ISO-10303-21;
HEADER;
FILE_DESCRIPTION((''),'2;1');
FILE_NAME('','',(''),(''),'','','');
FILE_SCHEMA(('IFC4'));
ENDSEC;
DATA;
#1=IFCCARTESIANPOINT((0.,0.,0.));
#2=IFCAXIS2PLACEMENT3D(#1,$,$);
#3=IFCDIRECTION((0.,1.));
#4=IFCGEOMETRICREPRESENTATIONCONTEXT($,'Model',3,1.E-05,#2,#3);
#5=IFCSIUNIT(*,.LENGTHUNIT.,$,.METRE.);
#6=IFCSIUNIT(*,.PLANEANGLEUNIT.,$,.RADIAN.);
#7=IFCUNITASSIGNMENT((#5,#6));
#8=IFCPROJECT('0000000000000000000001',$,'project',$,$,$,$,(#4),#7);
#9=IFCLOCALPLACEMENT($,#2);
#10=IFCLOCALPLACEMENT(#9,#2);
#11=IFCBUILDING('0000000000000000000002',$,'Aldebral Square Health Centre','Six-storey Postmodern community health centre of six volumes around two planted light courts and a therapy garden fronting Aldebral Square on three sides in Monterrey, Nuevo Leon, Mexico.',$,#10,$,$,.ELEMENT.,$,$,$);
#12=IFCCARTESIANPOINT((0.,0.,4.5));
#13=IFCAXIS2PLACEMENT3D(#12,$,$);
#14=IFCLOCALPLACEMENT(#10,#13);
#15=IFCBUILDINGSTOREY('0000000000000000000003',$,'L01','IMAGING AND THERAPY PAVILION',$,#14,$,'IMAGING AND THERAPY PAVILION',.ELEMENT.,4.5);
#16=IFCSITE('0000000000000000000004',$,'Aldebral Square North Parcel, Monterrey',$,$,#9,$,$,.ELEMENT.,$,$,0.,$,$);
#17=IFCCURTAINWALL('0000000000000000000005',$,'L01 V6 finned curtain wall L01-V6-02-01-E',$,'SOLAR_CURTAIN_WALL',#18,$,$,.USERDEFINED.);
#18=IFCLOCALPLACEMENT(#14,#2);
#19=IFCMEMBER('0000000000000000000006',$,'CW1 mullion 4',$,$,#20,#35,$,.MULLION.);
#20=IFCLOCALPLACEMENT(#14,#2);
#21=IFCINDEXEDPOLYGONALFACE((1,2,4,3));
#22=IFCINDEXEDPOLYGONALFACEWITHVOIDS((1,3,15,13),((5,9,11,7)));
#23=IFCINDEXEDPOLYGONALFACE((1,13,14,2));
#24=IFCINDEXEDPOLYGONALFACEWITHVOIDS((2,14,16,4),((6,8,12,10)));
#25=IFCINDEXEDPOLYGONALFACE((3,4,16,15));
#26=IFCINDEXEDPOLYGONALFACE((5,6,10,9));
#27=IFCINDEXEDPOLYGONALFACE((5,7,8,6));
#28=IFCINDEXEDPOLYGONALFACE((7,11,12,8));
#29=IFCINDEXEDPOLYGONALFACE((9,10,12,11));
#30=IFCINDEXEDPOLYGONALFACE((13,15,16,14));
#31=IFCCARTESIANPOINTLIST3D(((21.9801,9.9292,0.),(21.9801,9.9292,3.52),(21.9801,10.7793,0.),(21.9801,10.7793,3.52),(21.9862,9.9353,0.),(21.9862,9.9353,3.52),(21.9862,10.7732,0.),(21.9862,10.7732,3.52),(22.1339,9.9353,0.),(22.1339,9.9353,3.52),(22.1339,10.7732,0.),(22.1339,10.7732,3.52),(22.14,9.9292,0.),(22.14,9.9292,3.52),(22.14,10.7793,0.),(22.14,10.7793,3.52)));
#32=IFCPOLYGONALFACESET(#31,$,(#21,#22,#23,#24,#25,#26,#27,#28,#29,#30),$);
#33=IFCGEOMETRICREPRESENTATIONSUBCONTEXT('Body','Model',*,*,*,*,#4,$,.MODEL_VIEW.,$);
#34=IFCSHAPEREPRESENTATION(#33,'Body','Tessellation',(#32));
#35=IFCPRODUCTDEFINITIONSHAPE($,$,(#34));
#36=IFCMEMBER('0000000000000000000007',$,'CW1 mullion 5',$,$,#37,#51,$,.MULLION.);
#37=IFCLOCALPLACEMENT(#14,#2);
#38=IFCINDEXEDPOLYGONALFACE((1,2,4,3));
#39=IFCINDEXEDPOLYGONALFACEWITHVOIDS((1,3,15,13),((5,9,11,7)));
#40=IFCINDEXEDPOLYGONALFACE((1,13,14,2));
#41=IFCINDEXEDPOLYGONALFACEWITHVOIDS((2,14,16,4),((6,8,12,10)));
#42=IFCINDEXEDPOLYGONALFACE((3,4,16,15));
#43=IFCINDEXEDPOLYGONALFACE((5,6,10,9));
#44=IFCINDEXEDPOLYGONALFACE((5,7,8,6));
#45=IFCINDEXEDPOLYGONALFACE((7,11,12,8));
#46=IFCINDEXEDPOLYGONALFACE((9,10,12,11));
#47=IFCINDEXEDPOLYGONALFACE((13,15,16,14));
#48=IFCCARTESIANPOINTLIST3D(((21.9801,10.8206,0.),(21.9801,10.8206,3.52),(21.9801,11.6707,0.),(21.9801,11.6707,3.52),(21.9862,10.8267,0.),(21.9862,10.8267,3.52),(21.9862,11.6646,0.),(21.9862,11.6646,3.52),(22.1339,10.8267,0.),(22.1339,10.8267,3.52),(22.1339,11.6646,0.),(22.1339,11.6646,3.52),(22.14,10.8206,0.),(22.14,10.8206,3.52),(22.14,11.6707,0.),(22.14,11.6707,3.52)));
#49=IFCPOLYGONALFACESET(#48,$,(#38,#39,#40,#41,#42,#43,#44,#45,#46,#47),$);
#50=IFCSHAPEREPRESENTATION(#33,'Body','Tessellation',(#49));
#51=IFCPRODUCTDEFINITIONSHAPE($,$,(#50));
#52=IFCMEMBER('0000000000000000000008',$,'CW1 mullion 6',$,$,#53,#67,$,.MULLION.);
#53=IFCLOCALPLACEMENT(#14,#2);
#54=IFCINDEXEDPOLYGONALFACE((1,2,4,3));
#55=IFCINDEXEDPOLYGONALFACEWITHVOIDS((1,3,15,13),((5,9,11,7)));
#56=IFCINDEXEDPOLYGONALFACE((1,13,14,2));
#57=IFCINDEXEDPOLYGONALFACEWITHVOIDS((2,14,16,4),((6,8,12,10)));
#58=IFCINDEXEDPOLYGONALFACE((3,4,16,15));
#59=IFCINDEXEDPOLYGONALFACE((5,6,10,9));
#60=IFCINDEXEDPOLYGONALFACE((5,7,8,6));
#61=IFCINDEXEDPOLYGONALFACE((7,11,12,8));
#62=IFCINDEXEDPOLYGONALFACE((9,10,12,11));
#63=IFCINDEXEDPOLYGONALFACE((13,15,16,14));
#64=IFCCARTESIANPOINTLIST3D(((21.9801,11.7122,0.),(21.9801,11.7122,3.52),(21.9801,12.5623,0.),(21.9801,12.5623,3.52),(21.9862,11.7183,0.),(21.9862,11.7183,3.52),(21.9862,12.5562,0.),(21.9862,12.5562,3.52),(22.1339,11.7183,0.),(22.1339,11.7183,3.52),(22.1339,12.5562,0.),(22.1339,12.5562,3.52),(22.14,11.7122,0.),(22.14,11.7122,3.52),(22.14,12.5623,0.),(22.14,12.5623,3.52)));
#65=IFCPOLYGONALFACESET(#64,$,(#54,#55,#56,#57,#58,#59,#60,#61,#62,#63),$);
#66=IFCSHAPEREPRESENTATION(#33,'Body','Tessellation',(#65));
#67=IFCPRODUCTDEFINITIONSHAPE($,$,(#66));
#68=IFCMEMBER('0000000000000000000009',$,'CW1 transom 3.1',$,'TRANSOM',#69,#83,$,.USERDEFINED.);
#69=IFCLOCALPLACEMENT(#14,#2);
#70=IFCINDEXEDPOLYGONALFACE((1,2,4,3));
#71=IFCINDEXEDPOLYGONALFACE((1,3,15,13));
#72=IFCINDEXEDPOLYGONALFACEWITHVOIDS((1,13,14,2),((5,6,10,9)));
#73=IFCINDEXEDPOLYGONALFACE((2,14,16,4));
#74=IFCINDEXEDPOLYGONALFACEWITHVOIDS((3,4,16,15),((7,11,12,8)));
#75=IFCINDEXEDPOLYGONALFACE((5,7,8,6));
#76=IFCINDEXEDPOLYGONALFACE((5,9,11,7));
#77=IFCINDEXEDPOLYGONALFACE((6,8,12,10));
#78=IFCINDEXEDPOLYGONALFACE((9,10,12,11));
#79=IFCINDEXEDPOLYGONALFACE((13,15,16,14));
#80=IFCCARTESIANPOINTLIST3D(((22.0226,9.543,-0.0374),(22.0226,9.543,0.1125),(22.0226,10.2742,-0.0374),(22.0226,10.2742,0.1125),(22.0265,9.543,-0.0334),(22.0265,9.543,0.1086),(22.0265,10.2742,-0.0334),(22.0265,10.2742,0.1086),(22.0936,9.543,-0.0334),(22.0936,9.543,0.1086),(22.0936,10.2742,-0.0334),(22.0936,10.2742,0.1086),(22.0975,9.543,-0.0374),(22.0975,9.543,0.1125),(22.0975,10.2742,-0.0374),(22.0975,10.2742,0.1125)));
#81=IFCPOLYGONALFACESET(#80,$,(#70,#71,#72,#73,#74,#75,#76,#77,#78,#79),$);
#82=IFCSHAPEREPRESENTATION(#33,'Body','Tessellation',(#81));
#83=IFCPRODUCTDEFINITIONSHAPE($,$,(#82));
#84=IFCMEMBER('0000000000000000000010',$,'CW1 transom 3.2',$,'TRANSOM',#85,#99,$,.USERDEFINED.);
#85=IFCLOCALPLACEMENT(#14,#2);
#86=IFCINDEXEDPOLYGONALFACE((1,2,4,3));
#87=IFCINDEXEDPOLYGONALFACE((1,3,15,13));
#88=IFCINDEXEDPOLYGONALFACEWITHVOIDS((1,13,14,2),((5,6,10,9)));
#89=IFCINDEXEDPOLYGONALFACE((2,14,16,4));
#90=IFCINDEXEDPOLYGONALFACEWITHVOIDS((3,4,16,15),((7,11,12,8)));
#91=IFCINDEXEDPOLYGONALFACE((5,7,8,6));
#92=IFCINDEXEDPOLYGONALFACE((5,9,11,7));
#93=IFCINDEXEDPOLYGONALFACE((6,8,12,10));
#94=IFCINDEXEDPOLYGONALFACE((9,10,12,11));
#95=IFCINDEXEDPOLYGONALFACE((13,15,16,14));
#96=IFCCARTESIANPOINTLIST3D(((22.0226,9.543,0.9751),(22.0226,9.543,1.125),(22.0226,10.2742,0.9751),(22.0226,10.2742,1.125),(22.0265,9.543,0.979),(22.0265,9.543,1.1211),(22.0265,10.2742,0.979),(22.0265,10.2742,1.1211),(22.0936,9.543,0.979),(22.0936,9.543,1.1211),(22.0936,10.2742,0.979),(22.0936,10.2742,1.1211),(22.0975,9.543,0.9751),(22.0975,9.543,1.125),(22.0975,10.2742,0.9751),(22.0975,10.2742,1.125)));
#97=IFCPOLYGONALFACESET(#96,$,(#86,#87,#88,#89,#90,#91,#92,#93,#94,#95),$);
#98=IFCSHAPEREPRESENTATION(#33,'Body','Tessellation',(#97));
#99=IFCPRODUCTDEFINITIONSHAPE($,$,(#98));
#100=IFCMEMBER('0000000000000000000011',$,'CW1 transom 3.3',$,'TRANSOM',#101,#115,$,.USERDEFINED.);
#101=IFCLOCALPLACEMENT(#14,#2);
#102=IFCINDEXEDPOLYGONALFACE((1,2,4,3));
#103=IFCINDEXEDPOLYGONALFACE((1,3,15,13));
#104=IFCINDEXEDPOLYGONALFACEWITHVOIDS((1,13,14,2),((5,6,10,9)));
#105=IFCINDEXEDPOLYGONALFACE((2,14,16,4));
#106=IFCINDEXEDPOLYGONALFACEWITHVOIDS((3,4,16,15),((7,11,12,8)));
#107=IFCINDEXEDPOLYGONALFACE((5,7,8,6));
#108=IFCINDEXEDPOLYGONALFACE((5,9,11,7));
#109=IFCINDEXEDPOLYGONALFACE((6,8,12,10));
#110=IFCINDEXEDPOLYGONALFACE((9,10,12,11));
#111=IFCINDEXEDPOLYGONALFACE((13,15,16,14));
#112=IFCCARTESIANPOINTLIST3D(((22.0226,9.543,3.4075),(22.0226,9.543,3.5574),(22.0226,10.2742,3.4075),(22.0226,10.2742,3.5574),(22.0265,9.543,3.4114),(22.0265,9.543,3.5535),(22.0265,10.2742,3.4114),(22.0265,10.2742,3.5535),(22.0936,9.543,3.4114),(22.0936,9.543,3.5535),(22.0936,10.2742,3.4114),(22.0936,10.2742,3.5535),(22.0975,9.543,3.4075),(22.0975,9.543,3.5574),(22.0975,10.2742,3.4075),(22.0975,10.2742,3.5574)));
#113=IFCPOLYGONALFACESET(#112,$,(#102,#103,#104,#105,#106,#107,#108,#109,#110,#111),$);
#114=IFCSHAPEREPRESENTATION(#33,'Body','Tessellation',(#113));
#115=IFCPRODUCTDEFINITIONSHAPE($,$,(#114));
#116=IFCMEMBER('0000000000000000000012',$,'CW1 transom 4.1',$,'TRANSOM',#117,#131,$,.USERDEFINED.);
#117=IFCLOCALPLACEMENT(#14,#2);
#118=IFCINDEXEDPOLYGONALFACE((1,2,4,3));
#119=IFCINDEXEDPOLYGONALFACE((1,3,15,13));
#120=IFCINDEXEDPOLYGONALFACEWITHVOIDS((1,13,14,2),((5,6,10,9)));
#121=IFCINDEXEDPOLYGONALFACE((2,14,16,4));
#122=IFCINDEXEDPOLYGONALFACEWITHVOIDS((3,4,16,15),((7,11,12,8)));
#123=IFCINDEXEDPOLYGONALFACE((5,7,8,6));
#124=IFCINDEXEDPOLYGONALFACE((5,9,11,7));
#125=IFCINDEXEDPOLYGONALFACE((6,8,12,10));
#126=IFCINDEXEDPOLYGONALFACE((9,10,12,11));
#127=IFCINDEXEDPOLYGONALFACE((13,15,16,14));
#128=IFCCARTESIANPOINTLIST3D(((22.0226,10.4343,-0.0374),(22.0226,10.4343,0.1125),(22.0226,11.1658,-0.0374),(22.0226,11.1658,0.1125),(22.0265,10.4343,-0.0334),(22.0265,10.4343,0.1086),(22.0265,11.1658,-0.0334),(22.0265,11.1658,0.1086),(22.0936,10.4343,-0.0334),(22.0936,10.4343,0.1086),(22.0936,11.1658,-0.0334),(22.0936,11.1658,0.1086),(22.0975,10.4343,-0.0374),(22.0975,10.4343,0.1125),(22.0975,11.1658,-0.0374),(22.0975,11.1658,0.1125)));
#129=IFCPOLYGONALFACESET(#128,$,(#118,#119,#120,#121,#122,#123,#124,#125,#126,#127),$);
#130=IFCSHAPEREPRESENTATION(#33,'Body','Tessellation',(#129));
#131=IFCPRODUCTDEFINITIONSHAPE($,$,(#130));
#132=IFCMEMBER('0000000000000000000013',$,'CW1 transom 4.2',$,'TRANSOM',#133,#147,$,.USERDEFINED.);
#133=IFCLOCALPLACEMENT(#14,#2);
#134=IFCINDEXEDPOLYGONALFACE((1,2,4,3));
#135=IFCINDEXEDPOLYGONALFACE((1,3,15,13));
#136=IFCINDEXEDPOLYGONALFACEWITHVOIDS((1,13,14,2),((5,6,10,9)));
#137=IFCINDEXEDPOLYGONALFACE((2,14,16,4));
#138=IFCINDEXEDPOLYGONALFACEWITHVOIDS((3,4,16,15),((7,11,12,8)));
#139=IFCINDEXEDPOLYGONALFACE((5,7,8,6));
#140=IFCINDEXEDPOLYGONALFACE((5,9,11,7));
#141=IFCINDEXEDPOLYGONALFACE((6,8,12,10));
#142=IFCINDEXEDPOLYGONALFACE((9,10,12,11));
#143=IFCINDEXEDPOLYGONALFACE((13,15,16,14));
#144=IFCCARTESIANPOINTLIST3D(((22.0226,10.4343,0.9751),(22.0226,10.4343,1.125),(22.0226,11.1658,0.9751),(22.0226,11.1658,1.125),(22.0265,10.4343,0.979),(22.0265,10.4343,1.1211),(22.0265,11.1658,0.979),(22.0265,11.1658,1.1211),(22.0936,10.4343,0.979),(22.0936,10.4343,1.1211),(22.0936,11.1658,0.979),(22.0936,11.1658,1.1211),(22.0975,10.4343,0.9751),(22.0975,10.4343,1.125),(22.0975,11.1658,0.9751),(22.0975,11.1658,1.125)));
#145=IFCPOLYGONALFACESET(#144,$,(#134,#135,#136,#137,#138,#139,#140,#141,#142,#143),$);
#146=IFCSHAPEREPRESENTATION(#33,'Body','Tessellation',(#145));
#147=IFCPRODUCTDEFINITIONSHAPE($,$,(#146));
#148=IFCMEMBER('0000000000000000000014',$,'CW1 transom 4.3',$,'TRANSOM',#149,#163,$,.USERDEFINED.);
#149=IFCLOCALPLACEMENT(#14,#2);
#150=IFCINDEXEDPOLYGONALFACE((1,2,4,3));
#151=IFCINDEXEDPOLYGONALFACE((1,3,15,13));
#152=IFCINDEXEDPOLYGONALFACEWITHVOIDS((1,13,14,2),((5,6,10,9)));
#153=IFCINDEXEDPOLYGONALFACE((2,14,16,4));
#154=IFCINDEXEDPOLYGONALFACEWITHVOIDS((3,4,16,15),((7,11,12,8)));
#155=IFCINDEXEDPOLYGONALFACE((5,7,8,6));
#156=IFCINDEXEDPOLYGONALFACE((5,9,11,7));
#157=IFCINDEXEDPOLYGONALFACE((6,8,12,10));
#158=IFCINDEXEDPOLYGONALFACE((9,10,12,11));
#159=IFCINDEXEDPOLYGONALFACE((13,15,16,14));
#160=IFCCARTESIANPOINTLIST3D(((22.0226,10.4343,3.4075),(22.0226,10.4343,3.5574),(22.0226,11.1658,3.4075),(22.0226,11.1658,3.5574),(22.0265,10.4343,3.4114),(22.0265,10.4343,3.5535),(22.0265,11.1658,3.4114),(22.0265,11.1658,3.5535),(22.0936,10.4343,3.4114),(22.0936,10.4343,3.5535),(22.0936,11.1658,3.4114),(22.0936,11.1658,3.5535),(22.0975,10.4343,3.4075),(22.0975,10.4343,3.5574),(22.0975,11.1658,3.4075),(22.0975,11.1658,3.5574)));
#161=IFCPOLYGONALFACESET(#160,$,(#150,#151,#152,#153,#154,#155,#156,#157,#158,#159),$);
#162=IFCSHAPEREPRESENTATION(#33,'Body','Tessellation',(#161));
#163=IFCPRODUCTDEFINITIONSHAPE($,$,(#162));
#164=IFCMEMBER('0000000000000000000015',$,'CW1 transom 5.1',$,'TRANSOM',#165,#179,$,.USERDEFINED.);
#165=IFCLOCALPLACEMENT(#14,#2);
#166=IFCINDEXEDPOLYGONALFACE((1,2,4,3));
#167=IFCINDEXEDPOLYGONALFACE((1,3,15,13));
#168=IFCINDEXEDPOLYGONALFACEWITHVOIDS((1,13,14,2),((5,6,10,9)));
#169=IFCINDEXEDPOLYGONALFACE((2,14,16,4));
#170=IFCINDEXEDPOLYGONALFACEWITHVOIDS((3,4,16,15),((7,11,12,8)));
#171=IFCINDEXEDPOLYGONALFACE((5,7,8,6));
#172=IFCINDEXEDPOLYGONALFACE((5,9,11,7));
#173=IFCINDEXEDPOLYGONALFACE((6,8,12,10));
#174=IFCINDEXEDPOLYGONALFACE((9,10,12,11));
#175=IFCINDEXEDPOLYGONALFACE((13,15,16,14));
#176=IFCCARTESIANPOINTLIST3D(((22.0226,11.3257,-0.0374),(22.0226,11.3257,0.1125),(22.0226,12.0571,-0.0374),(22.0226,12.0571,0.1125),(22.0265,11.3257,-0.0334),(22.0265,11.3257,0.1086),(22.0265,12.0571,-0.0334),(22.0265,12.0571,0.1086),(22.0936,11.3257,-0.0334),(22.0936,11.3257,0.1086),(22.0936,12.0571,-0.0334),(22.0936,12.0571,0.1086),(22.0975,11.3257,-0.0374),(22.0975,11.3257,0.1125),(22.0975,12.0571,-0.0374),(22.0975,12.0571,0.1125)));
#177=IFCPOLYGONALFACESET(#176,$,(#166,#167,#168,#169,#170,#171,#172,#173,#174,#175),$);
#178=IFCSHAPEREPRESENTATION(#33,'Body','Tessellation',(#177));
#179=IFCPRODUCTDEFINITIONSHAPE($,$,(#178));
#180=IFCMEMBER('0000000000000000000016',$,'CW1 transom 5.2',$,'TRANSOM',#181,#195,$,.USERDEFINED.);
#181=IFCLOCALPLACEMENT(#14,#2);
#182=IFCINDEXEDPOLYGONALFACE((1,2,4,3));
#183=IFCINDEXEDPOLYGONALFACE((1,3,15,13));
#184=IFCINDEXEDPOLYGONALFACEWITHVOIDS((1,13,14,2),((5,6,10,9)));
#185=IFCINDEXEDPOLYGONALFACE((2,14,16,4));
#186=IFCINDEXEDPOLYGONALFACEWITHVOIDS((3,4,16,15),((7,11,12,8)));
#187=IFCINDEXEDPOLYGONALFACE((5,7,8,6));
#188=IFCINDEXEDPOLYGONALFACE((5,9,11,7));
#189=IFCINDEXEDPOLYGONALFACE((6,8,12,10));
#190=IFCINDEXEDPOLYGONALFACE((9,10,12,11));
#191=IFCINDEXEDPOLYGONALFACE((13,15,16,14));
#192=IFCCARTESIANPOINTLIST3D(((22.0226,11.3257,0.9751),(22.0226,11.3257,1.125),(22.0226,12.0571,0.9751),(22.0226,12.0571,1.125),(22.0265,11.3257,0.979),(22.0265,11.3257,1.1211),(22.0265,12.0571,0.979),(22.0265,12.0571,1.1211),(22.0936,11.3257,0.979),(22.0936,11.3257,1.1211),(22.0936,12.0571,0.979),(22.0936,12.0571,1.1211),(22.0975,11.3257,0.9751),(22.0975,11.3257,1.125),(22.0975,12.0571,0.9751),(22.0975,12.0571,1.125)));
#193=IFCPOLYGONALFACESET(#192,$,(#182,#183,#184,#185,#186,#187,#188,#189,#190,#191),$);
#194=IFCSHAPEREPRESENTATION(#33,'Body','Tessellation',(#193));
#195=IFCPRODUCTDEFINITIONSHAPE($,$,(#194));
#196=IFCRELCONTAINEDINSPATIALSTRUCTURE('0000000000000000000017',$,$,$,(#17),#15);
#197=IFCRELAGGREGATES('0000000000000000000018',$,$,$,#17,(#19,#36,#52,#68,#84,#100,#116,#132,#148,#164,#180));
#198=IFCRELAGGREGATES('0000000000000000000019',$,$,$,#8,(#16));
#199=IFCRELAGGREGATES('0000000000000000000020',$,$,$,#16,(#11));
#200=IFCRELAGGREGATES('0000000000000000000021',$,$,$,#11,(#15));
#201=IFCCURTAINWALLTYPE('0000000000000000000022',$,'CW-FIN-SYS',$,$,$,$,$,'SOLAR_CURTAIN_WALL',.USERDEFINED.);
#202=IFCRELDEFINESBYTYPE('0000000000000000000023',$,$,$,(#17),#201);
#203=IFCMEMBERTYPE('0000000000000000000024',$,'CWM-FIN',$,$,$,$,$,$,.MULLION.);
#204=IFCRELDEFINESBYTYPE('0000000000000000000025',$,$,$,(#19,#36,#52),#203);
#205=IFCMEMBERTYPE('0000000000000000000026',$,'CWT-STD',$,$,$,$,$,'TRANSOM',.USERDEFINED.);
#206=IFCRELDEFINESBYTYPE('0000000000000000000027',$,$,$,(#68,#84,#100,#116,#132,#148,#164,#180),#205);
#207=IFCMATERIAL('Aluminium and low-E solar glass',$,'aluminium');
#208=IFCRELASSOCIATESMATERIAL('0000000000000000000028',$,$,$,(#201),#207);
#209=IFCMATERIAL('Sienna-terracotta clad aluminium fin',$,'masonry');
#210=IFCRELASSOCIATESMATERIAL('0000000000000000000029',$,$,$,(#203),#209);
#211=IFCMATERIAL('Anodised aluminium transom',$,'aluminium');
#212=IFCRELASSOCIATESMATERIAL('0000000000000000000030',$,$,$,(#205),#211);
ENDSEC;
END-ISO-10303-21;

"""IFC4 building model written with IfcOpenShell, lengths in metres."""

from ifc_helpers import new_model, si_unit, direction, frame, origin, origin_2d, place, context, subcontext, project, spatial, hollow_rectangle, extrude, material, material_profile, profile_set, type_object, element, aggregate, save


model = new_model("IFC4")

# Units and contexts
model_context = context("Model", 3, precision=1e-05, world=origin(), true_north=direction((0.0, 1.0)))
body_context = subcontext(model_context, "Body", "Model", "MODEL_VIEW")
ifc_project = project(units=[si_unit("LENGTHUNIT", "METRE"), si_unit("PLANEANGLEUNIT", "RADIAN")], contexts=[model_context])

# Site, building, storey
site_placement = place(None, origin())
site = spatial("IfcSite", under=ifc_project, at=site_placement, Name="Aldebral Square North Parcel, Monterrey", CompositionType="ELEMENT", RefElevation=0.0)
building_placement = place(site_placement, origin())
building = spatial("IfcBuilding", under=site, at=building_placement, Name="Aldebral Square Health Centre", Description="Six-storey Postmodern community health centre of six volumes around two planted light courts and a therapy garden fronting Aldebral Square on three sides in Monterrey, Nuevo Leon, Mexico.", CompositionType="ELEMENT")
storey_placement = place(building_placement, frame((0.0, 0.0, 4.5)))
storey = spatial("IfcBuildingStorey", under=building, at=storey_placement, Name="L01", Description="IMAGING AND THERAPY PAVILION", LongName="IMAGING AND THERAPY PAVILION", CompositionType="ELEMENT", Elevation=4.5)

# Curtain wall, members
ifc_material_1 = material(Name="Aluminium and low-E solar glass", Category="aluminium")
curtain_wall_type = type_object("IfcCurtainWallType", Name="CW-FIN-SYS", ElementType="SOLAR_CURTAIN_WALL", PredefinedType="USERDEFINED", material=ifc_material_1)
curtain_wall_placement = place(storey_placement, origin())
curtain_wall = element("IfcCurtainWall", 1, at=curtain_wall_placement, inside=storey, type_object=curtain_wall_type, Name="L01 V6 finned curtain wall L01-V6-02-01-E", ObjectType="SOLAR_CURTAIN_WALL", PredefinedType="USERDEFINED")
ifc_material_2 = material(Name="Sienna-terracotta clad aluminium fin", Category="masonry")
ifc_material_profile_1 = material_profile(ifc_material_2, hollow_rectangle(XDim=0.1599, YDim=0.8501, WallThickness=0.0061, at=origin_2d()), Name="FIN 160x850x6")
ifc_profile_set_1 = profile_set([ifc_material_profile_1], Name="Sienna-terracotta clad aluminium fin")
member_type_1 = type_object("IfcMemberType", Name="CWM-FIN", PredefinedType="MULLION", material=ifc_profile_set_1)
member_1_placement = place(storey_placement, frame((22.0601, 10.3542, 0.0), z_axis=(0.0, 0.0, 1.0), x_axis=(-1.0, 0.0, 0.0)))
member_1 = element("IfcMember", 2, at=member_1_placement, type_object=member_type_1, Name="CW1 mullion 4", PredefinedType="MULLION", context=body_context, shape_type="SweptSolid", body=[
    extrude(hollow_rectangle(XDim=0.1599, YDim=0.8501, WallThickness=0.0061, at=origin_2d()), origin(), (0.0, 0.0, 1.0), 3.52),
])
member_2_placement = place(storey_placement, frame((22.0601, 11.2456, 0.0), z_axis=(0.0, 0.0, 1.0), x_axis=(-1.0, 0.0, 0.0)))
member_2 = element("IfcMember", 3, at=member_2_placement, type_object=member_type_1, Name="CW1 mullion 5", PredefinedType="MULLION", context=body_context, shape_type="SweptSolid", body=[
    extrude(hollow_rectangle(XDim=0.1599, YDim=0.8501, WallThickness=0.0061, at=origin_2d()), origin(), (0.0, 0.0, 1.0), 3.52),
])
member_3_placement = place(storey_placement, frame((22.0601, 12.1372, 0.0), z_axis=(0.0, 0.0, 1.0), x_axis=(-1.0, 0.0, 0.0)))
member_3 = element("IfcMember", 4, at=member_3_placement, type_object=member_type_1, Name="CW1 mullion 6", PredefinedType="MULLION", context=body_context, shape_type="SweptSolid", body=[
    extrude(hollow_rectangle(XDim=0.1599, YDim=0.8501, WallThickness=0.0061, at=origin_2d()), origin(), (0.0, 0.0, 1.0), 3.52),
])
ifc_material_3 = material(Name="Anodised aluminium transom", Category="aluminium")
ifc_material_profile_2 = material_profile(ifc_material_3, hollow_rectangle(XDim=0.075, YDim=0.1499, WallThickness=0.0039, at=origin_2d()), Name="CWT 75x150x4")
ifc_profile_set_2 = profile_set([ifc_material_profile_2], Name="Anodised aluminium transom")
member_type_2 = type_object("IfcMemberType", Name="CWT-STD", ElementType="TRANSOM", PredefinedType="USERDEFINED", material=ifc_profile_set_2)
member_4_placement = place(storey_placement, frame((22.0601, 9.543, 0.0376), z_axis=(0.0, 1.0, 0.0), x_axis=(-1.0, 0.0, 0.0)))
member_4 = element("IfcMember", 5, at=member_4_placement, type_object=member_type_2, Name="CW1 transom 3.1", ObjectType="TRANSOM", PredefinedType="USERDEFINED", context=body_context, shape_type="SweptSolid", body=[
    extrude(hollow_rectangle(XDim=0.075, YDim=0.1499, WallThickness=0.0039, at=origin_2d()), origin(), (0.0, 0.0, 1.0), 0.7312),
])
member_5_placement = place(storey_placement, frame((22.0601, 9.543, 1.05), z_axis=(0.0, 1.0, 0.0), x_axis=(-1.0, 0.0, 0.0)))
member_5 = element("IfcMember", 6, at=member_5_placement, type_object=member_type_2, Name="CW1 transom 3.2", ObjectType="TRANSOM", PredefinedType="USERDEFINED", context=body_context, shape_type="SweptSolid", body=[
    extrude(hollow_rectangle(XDim=0.075, YDim=0.1499, WallThickness=0.0039, at=origin_2d()), origin(), (0.0, 0.0, 1.0), 0.7312),
])
member_6_placement = place(storey_placement, frame((22.0601, 9.543, 3.4824), z_axis=(0.0, 1.0, 0.0), x_axis=(-1.0, 0.0, 0.0)))
member_6 = element("IfcMember", 7, at=member_6_placement, type_object=member_type_2, Name="CW1 transom 3.3", ObjectType="TRANSOM", PredefinedType="USERDEFINED", context=body_context, shape_type="SweptSolid", body=[
    extrude(hollow_rectangle(XDim=0.075, YDim=0.1499, WallThickness=0.0039, at=origin_2d()), origin(), (0.0, 0.0, 1.0), 0.7312),
])
member_7_placement = place(storey_placement, frame((22.0601, 10.4343, 0.0376), z_axis=(0.0, 1.0, 0.0), x_axis=(-1.0, 0.0, 0.0)))
member_7 = element("IfcMember", 8, at=member_7_placement, type_object=member_type_2, Name="CW1 transom 4.1", ObjectType="TRANSOM", PredefinedType="USERDEFINED", context=body_context, shape_type="SweptSolid", body=[
    extrude(hollow_rectangle(XDim=0.075, YDim=0.1499, WallThickness=0.0039, at=origin_2d()), origin(), (0.0, 0.0, 1.0), 0.7314),
])
member_8_placement = place(storey_placement, frame((22.0601, 10.4343, 1.05), z_axis=(0.0, 1.0, 0.0), x_axis=(-1.0, 0.0, 0.0)))
member_8 = element("IfcMember", 9, at=member_8_placement, type_object=member_type_2, Name="CW1 transom 4.2", ObjectType="TRANSOM", PredefinedType="USERDEFINED", context=body_context, shape_type="SweptSolid", body=[
    extrude(hollow_rectangle(XDim=0.075, YDim=0.1499, WallThickness=0.0039, at=origin_2d()), origin(), (0.0, 0.0, 1.0), 0.7314),
])
member_9_placement = place(storey_placement, frame((22.0601, 10.4343, 3.4824), z_axis=(0.0, 1.0, 0.0), x_axis=(-1.0, 0.0, 0.0)))
member_9 = element("IfcMember", 10, at=member_9_placement, type_object=member_type_2, Name="CW1 transom 4.3", ObjectType="TRANSOM", PredefinedType="USERDEFINED", context=body_context, shape_type="SweptSolid", body=[
    extrude(hollow_rectangle(XDim=0.075, YDim=0.1499, WallThickness=0.0039, at=origin_2d()), origin(), (0.0, 0.0, 1.0), 0.7314),
])
member_10_placement = place(storey_placement, frame((22.0601, 11.3257, 0.0376), z_axis=(0.0, 1.0, 0.0), x_axis=(-1.0, 0.0, 0.0)))
member_10 = element("IfcMember", 11, at=member_10_placement, type_object=member_type_2, Name="CW1 transom 5.1", ObjectType="TRANSOM", PredefinedType="USERDEFINED", context=body_context, shape_type="SweptSolid", body=[
    extrude(hollow_rectangle(XDim=0.075, YDim=0.1499, WallThickness=0.0039, at=origin_2d()), origin(), (0.0, 0.0, 1.0), 0.7314),
])
member_11_placement = place(storey_placement, frame((22.0601, 11.3257, 1.05), z_axis=(0.0, 1.0, 0.0), x_axis=(-1.0, 0.0, 0.0)))
member_11 = element("IfcMember", 12, at=member_11_placement, type_object=member_type_2, Name="CW1 transom 5.2", ObjectType="TRANSOM", PredefinedType="USERDEFINED", context=body_context, shape_type="SweptSolid", body=[
    extrude(hollow_rectangle(XDim=0.075, YDim=0.1499, WallThickness=0.0039, at=origin_2d()), origin(), (0.0, 0.0, 1.0), 0.7314),
])
aggregate(curtain_wall, [member_1, member_2, member_3, member_4, member_5, member_6, member_7, member_8, member_9, member_10, member_11])

save(model, "model.ifc")
